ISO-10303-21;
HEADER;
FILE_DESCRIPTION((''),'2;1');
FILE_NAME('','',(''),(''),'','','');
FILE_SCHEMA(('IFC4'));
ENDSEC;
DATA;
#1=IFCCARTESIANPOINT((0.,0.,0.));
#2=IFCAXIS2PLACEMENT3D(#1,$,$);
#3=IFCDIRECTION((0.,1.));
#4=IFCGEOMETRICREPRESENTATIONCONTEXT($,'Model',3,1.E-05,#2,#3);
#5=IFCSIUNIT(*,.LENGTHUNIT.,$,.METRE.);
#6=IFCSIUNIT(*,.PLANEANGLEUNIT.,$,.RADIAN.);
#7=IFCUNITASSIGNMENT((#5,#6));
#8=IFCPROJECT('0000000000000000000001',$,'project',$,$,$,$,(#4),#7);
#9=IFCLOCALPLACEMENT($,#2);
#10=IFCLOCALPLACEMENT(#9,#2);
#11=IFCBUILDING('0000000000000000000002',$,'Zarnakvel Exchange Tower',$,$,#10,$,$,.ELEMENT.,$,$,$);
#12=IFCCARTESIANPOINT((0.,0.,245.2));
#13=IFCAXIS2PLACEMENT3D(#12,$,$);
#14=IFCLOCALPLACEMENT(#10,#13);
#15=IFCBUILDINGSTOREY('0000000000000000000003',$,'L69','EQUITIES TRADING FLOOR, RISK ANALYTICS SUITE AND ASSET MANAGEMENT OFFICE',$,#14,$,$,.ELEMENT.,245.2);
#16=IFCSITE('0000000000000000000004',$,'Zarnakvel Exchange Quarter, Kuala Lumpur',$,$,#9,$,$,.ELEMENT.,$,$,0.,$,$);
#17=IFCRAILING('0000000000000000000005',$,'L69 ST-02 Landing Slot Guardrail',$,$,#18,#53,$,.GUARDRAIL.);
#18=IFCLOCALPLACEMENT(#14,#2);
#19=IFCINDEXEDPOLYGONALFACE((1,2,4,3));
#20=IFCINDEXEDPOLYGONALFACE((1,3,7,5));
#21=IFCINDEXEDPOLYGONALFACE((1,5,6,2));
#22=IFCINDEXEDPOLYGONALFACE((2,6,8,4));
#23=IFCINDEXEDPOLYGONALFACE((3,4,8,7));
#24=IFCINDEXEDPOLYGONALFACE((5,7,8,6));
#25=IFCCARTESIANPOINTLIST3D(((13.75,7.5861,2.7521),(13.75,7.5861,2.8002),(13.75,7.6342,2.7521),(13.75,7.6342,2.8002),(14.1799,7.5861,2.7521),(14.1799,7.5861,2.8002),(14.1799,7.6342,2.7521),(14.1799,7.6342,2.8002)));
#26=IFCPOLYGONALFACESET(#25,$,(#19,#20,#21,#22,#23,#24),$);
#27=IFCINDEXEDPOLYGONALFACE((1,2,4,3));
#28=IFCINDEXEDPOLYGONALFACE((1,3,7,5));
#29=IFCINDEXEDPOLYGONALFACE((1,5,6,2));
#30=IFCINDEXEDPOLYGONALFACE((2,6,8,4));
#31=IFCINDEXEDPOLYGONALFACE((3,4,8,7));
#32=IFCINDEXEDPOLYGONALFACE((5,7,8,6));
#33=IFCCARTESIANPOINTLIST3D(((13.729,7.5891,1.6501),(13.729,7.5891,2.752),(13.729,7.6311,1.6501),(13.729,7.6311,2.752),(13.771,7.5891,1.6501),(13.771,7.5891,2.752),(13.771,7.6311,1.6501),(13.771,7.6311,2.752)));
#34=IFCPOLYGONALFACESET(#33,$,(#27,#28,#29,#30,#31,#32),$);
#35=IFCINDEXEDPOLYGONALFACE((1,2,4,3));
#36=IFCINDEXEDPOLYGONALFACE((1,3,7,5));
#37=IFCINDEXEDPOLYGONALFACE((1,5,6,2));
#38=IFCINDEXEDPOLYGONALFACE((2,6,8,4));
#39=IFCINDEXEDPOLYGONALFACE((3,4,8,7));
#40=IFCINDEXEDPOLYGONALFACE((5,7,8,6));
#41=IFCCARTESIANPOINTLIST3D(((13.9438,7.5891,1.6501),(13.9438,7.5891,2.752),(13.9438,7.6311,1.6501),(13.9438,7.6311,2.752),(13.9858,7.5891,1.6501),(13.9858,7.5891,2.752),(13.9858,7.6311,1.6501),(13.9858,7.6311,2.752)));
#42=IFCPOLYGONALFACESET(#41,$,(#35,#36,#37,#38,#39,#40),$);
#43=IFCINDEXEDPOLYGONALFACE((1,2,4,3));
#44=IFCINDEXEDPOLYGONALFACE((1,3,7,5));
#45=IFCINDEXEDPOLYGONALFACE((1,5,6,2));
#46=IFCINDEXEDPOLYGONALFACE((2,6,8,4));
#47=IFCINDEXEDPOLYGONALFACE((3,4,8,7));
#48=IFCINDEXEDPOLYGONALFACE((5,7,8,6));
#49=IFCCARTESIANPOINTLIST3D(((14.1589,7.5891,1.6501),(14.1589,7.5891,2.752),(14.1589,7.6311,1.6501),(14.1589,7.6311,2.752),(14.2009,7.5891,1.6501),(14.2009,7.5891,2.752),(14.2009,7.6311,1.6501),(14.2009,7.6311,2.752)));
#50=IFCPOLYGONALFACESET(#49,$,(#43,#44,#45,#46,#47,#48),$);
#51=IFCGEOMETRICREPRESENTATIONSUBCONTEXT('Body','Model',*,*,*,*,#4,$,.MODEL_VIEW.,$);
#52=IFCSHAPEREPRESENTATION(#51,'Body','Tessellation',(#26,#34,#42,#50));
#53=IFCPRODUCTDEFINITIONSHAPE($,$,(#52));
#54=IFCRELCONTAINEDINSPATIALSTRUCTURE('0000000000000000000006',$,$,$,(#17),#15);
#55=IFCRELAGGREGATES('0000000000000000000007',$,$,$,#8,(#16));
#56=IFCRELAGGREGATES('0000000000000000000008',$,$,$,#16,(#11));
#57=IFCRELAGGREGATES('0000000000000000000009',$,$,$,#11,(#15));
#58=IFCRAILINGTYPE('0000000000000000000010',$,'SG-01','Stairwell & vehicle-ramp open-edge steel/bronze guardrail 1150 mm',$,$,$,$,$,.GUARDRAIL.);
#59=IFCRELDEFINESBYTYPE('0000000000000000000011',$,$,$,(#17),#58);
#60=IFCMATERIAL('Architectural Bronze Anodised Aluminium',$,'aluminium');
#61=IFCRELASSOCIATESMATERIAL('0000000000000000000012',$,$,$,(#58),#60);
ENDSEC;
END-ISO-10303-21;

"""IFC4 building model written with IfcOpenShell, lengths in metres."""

from ifc_helpers import new_model, si_unit, direction, frame, origin, origin_2d, place, context, subcontext, project, spatial, rectangle, extrude, material, type_object, element, save


model = new_model("IFC4")

# Units and contexts
model_context = context("Model", 3, precision=1e-05, world=origin(), true_north=direction((0.0, 1.0)))
body_context = subcontext(model_context, "Body", "Model", "MODEL_VIEW")
ifc_project = project(units=[si_unit("LENGTHUNIT", "METRE"), si_unit("PLANEANGLEUNIT", "RADIAN")], contexts=[model_context])

# Site, building, storey
site_placement = place(None, origin())
site = spatial("IfcSite", under=ifc_project, at=site_placement, Name="Zarnakvel Exchange Quarter, Kuala Lumpur", CompositionType="ELEMENT", RefElevation=0.0)
building_placement = place(site_placement, origin())
building = spatial("IfcBuilding", under=site, at=building_placement, Name="Zarnakvel Exchange Tower", CompositionType="ELEMENT")
storey_placement = place(building_placement, frame((0.0, 0.0, 245.2)))
storey = spatial("IfcBuildingStorey", under=building, at=storey_placement, Name="L69", Description="EQUITIES TRADING FLOOR, RISK ANALYTICS SUITE AND ASSET MANAGEMENT OFFICE", CompositionType="ELEMENT", Elevation=245.2)

# Shared definitions
ifc_material_1 = material(Name="Architectural Bronze Anodised Aluminium", Category="aluminium")

# Railing
railing_type_1 = type_object("IfcRailingType", Name="SG-01", Description="Stairwell & vehicle-ramp open-edge steel/bronze guardrail 1150 mm", PredefinedType="GUARDRAIL", material=ifc_material_1)
railing_1_placement = place(storey_placement, frame((13.75, 7.6101, 1.6501)))
element("IfcRailing", 1, at=railing_1_placement, inside=storey, type_object=railing_type_1, Name="L69 ST-02 Landing Slot Guardrail", PredefinedType="GUARDRAIL", context=body_context, shape_type="SweptSolid", body=[
    extrude(rectangle(XDim=0.0481, YDim=0.0481, at=origin_2d()), frame((0.0, 0.0, 1.126), z_axis=(1.0, 0.0, 0.0), x_axis=(0.0, 1.0, 0.0)), (0.0, 0.0, 1.0), 0.4299),
    extrude(rectangle(XDim=0.042, YDim=0.042, at=origin_2d()), origin(), (0.0, 0.0, 1.0), 1.1018),
    extrude(rectangle(XDim=0.042, YDim=0.042, at=origin_2d()), frame((0.2148, 0.0, 0.0)), (0.0, 0.0, 1.0), 1.1018),
    extrude(rectangle(XDim=0.042, YDim=0.042, at=origin_2d()), frame((0.4299, 0.0, 0.0)), (0.0, 0.0, 1.0), 1.1018),
])

save(model, "model.ifc")
